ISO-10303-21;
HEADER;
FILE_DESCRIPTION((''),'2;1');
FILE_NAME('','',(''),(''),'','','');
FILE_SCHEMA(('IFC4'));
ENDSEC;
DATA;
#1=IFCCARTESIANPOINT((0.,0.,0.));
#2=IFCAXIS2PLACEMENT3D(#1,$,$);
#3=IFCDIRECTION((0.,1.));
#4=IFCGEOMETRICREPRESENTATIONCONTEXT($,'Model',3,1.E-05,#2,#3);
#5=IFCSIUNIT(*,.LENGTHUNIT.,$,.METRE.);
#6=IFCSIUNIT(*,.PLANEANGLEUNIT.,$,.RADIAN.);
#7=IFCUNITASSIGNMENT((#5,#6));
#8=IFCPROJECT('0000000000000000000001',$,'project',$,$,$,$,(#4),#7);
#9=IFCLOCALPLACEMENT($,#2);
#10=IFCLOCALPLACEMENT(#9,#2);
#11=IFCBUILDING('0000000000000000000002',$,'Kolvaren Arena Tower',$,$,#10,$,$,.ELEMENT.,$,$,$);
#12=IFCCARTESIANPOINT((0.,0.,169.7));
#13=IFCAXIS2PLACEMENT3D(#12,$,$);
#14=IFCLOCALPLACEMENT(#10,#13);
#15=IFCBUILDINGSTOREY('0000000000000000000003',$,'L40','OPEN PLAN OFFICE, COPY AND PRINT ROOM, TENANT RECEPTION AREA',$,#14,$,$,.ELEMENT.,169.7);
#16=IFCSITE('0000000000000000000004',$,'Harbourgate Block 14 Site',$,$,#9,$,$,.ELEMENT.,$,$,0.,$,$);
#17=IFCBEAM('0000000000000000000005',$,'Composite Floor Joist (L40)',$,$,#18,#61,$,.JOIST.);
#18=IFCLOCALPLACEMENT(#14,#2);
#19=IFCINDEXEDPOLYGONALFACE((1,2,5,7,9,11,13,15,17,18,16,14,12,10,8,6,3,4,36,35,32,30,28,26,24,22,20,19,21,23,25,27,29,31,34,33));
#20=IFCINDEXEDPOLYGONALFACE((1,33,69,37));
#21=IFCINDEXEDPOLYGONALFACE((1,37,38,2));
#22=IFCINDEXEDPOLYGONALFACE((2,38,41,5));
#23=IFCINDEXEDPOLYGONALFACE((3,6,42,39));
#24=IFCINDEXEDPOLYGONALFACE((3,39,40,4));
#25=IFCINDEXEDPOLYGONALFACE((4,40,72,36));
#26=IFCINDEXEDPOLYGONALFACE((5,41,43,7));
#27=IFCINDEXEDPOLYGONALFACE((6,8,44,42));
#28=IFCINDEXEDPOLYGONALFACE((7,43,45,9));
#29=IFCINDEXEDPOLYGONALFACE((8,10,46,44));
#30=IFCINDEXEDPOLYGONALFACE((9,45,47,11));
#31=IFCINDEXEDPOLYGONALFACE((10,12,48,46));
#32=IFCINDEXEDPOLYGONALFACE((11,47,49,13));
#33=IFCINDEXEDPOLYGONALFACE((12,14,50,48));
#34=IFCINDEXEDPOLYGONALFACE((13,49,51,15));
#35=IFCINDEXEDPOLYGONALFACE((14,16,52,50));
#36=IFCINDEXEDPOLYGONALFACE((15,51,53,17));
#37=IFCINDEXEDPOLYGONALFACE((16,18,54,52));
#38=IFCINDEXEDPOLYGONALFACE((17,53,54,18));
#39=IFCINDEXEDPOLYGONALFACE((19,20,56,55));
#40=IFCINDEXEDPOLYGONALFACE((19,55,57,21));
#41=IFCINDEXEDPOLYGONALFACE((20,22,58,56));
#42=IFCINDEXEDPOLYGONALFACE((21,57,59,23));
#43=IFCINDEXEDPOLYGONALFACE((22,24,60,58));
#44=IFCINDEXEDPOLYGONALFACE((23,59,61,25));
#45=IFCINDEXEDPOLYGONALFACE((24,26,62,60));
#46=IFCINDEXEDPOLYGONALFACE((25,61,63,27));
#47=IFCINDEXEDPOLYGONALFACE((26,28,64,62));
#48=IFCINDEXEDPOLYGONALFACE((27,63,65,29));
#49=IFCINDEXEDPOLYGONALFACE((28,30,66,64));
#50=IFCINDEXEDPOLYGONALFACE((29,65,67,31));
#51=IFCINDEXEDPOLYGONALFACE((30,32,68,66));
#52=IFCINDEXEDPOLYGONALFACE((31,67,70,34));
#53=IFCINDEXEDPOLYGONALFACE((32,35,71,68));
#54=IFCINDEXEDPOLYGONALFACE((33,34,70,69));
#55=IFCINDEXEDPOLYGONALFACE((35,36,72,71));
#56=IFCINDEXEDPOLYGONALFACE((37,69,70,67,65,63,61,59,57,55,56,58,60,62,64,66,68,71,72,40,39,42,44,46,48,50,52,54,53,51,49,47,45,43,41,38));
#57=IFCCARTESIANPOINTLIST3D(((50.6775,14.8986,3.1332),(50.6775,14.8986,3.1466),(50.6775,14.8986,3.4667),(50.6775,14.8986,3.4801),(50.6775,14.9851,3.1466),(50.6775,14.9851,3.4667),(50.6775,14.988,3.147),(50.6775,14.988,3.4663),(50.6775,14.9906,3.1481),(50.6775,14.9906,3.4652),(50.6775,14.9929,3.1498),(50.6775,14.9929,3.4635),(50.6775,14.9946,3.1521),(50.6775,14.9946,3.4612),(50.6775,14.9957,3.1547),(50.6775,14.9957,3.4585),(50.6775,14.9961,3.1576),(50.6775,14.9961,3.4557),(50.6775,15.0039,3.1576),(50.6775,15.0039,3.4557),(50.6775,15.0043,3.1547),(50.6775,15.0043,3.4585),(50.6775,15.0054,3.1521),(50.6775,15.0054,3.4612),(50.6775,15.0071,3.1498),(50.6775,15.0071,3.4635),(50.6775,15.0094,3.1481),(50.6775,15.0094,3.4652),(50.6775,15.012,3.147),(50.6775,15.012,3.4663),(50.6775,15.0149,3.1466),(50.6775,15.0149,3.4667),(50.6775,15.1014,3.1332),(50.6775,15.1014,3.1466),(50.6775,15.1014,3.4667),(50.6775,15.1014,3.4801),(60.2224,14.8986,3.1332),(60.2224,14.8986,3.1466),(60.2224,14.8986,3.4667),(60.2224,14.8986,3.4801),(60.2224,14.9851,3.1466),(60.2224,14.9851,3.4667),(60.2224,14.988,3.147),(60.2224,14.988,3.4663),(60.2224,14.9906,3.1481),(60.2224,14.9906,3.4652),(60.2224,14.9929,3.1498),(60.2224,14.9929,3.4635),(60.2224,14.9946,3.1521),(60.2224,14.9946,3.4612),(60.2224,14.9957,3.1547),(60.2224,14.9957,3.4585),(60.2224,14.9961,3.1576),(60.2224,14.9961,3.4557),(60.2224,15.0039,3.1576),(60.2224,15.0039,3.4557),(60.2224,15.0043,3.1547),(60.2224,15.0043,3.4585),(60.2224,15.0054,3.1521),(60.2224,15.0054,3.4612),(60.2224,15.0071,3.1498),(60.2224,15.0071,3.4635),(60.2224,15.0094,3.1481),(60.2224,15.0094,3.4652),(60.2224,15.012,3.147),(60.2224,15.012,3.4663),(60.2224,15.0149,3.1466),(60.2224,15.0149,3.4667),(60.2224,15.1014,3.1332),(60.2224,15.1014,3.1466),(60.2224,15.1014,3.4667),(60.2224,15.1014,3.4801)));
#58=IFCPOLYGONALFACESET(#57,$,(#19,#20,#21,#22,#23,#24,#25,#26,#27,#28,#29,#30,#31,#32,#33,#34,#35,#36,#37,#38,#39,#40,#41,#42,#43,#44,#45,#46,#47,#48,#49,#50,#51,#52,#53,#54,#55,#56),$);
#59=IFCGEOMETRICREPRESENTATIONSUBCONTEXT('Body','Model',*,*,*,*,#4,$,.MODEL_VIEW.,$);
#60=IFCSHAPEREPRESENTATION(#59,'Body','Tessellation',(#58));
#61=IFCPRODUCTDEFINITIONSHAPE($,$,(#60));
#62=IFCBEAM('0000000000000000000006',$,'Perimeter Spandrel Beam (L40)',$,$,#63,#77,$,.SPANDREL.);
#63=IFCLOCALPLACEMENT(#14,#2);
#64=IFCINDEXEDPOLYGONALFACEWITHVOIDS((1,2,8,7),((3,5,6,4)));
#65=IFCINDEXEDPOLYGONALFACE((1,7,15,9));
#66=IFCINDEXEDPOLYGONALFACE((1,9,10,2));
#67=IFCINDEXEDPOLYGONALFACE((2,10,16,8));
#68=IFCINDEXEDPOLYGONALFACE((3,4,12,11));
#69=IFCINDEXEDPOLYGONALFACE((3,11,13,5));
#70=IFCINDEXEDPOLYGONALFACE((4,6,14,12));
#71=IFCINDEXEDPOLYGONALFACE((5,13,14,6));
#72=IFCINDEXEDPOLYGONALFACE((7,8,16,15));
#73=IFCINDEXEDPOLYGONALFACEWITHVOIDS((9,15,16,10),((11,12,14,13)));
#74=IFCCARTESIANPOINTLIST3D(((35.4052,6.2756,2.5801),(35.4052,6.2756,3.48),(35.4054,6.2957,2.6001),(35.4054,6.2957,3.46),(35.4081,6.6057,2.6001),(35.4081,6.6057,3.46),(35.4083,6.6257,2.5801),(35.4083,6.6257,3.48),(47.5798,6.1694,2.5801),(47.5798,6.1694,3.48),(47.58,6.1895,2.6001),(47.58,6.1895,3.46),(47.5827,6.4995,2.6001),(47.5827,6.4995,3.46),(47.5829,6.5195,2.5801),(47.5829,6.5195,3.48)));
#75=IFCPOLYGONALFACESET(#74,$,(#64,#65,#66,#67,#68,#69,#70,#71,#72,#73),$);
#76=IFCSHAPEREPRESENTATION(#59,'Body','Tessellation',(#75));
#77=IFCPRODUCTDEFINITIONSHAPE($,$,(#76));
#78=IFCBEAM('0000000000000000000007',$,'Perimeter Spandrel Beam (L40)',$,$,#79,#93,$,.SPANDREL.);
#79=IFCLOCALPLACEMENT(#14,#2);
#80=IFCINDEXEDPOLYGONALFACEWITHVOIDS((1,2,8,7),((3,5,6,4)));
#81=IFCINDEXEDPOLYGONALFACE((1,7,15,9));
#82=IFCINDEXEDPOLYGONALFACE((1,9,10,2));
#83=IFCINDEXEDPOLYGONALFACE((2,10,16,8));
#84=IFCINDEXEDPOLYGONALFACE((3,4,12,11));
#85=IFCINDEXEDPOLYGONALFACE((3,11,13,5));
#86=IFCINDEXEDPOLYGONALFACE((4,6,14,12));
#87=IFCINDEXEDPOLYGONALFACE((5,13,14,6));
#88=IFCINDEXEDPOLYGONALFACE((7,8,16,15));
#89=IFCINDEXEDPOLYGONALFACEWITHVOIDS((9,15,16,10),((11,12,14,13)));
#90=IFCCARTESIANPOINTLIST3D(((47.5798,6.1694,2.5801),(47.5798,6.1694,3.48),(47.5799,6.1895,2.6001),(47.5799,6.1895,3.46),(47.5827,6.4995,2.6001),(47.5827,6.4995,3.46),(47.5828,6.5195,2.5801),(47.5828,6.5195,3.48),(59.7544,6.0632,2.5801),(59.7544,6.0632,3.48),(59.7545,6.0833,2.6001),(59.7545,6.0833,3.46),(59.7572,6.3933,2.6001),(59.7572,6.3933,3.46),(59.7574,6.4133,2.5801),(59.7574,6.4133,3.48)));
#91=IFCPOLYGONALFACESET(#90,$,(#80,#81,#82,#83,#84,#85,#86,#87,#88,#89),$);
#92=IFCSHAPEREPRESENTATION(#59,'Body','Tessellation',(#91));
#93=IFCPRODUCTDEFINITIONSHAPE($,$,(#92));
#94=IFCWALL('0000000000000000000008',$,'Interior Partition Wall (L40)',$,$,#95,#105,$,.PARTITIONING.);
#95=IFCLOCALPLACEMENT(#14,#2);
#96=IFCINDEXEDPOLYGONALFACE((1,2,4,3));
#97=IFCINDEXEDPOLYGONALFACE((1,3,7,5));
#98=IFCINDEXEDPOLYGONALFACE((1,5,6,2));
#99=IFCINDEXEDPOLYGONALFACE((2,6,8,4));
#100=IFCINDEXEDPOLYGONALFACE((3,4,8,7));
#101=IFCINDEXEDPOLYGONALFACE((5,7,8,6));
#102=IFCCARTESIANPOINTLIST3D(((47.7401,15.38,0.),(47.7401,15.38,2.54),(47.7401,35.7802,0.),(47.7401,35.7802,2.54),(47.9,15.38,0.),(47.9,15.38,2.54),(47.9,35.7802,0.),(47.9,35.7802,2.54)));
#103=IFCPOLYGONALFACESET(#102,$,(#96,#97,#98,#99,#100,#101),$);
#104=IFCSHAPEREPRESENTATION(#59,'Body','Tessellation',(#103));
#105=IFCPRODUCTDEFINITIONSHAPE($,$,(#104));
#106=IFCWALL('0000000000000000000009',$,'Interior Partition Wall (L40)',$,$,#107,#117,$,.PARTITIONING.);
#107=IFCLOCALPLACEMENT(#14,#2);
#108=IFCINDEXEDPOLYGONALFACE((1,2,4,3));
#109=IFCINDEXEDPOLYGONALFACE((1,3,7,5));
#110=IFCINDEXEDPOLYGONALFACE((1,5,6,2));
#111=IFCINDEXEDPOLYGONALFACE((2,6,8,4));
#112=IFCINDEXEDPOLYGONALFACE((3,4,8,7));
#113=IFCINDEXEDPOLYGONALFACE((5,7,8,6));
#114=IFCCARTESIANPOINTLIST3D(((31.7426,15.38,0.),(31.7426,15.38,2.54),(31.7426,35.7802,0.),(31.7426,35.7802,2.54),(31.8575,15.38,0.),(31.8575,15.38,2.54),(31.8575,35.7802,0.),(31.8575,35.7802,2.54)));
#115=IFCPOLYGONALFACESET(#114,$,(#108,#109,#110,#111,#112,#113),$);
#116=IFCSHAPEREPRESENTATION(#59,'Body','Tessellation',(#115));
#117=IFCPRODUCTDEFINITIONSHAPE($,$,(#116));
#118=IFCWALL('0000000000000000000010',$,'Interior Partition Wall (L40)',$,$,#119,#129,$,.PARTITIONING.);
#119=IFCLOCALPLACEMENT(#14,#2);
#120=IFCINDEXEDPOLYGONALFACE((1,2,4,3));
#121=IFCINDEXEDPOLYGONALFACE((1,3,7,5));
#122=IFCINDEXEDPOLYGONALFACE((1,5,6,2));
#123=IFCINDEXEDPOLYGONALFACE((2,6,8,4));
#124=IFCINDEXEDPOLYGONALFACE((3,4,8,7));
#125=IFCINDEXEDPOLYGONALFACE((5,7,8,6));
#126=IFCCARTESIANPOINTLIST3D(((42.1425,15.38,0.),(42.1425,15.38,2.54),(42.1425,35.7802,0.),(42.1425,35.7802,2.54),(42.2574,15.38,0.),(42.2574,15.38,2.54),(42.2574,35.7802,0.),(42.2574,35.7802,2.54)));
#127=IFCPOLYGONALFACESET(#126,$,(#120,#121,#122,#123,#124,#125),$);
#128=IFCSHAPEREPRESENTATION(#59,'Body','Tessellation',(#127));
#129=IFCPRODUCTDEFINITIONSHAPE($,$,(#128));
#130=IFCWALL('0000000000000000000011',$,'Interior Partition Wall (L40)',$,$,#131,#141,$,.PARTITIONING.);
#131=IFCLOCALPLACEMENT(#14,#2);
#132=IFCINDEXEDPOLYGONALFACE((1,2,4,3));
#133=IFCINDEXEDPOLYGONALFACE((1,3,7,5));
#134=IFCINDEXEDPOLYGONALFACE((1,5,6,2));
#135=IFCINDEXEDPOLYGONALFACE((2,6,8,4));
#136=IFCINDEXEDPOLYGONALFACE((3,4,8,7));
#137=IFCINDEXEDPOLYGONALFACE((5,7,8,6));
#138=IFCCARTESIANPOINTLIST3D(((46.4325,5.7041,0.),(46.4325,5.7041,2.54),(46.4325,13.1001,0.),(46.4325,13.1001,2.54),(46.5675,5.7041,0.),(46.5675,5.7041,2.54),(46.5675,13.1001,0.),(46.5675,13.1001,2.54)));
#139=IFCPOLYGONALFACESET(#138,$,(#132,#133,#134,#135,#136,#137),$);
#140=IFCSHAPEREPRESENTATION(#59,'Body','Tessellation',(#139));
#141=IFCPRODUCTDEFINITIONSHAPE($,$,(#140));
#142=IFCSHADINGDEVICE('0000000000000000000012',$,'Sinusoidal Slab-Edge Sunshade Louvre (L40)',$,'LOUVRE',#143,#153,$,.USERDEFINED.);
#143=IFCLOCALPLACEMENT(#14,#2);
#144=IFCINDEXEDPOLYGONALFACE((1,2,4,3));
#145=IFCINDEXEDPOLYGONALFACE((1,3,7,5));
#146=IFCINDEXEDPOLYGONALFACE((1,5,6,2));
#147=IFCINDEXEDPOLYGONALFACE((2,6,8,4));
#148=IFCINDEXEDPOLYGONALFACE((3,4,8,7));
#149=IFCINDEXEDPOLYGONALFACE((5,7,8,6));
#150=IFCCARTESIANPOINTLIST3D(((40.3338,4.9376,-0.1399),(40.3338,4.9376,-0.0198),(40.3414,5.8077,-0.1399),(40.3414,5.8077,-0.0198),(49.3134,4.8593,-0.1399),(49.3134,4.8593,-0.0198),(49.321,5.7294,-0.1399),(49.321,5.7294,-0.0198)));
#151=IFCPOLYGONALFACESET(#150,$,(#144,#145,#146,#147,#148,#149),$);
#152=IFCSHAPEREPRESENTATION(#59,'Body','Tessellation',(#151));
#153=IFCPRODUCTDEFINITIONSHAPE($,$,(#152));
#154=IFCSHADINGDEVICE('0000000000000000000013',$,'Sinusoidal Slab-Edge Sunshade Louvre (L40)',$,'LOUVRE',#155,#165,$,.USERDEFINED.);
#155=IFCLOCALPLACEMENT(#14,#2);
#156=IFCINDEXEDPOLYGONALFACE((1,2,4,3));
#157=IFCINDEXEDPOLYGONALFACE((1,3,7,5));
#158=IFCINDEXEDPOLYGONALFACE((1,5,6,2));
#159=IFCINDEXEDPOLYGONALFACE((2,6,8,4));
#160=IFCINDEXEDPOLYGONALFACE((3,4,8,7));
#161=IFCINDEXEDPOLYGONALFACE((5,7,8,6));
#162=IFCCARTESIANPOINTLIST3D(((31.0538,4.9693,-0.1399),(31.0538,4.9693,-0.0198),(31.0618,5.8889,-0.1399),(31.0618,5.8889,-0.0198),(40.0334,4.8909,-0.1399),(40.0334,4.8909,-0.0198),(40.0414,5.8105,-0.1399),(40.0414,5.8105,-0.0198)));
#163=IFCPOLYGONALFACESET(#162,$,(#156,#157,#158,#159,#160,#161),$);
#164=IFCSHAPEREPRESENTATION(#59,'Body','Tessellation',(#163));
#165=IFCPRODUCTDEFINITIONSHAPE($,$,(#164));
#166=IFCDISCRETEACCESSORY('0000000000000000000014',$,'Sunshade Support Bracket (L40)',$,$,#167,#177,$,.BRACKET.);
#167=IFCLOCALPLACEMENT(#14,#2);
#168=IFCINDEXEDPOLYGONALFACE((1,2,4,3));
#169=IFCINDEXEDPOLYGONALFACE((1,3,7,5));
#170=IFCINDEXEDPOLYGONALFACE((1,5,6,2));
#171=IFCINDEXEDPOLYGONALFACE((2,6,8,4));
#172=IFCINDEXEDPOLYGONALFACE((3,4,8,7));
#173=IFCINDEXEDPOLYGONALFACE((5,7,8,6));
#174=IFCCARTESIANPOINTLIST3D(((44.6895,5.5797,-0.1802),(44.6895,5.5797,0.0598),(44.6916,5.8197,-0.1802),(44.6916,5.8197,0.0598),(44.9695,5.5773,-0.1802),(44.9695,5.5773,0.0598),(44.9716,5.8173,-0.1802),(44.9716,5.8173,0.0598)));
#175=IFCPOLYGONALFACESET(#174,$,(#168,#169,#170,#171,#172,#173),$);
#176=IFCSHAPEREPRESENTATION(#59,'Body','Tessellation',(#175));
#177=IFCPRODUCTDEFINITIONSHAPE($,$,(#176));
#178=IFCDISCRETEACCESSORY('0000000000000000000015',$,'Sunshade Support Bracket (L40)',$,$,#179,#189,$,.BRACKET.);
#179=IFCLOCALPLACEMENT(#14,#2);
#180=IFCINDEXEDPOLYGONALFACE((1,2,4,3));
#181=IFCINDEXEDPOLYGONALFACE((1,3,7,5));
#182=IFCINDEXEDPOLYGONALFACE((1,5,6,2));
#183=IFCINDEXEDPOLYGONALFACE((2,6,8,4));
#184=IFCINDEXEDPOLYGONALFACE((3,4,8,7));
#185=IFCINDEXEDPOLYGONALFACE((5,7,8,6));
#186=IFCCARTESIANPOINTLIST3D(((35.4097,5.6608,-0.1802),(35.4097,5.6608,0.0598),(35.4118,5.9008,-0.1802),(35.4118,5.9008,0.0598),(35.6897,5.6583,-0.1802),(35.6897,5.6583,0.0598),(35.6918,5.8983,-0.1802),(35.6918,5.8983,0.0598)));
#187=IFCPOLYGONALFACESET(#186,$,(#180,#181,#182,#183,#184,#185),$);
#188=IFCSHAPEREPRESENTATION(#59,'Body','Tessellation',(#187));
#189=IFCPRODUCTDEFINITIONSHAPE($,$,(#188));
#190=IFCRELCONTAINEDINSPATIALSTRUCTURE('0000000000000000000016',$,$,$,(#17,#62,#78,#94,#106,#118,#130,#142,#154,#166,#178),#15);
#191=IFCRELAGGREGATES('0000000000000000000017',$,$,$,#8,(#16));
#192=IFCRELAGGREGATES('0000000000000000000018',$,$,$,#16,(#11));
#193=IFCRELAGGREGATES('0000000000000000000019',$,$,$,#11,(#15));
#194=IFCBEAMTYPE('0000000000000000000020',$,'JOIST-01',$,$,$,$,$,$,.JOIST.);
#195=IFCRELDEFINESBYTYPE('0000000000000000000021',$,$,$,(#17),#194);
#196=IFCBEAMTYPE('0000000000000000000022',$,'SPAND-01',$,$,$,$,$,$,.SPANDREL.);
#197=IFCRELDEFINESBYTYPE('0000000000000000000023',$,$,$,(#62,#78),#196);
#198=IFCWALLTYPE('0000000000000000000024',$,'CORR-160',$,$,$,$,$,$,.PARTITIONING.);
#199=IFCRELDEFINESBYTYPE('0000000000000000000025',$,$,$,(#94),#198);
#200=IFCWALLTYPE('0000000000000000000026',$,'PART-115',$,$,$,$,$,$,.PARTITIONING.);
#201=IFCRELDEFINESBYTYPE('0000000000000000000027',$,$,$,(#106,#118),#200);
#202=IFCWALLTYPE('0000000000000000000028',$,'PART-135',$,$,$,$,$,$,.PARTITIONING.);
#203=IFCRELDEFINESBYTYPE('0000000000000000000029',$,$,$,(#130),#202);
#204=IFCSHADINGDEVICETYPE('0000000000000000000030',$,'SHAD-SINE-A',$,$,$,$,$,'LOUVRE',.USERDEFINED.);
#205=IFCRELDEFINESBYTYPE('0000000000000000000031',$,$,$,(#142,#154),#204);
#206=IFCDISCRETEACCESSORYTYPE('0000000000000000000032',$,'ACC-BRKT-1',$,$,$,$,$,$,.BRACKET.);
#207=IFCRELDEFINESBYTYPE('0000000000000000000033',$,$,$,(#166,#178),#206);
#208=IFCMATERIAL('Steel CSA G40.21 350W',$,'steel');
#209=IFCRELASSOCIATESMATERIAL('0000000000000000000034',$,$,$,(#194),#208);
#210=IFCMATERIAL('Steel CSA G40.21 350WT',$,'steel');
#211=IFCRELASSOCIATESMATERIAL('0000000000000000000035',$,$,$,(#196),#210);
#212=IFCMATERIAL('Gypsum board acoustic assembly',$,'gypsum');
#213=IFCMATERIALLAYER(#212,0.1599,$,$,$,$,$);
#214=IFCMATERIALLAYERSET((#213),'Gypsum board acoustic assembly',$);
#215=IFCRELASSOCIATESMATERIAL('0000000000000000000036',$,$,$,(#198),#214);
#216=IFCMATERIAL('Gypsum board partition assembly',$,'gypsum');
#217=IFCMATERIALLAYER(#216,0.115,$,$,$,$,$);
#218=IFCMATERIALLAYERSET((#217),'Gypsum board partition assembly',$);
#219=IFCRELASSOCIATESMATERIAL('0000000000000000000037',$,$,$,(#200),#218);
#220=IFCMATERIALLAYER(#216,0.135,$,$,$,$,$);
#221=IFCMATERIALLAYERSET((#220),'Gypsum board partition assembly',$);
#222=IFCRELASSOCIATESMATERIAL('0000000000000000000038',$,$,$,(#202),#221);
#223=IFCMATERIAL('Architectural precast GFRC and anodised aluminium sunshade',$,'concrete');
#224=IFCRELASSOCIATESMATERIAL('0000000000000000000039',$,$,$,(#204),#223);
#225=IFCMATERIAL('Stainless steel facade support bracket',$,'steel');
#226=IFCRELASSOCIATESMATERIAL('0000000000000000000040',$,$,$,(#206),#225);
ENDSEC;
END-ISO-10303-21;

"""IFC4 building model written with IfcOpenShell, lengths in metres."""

from ifc_helpers import new_model, si_unit, direction, frame, frame_2d, origin, origin_2d, place, context, subcontext, project, spatial, rectangle, hollow_rectangle, i_section, extrude, material, layer, layer_set, material_profile, profile_set, type_object, element, save


model = new_model("IFC4")

# Units and contexts
model_context = context("Model", 3, precision=1e-05, world=origin(), true_north=direction((0.0, 1.0)))
body_context = subcontext(model_context, "Body", "Model", "MODEL_VIEW")
ifc_project = project(units=[si_unit("LENGTHUNIT", "METRE"), si_unit("PLANEANGLEUNIT", "RADIAN")], contexts=[model_context])

# Site, building, storey
site_placement = place(None, origin())
site = spatial("IfcSite", under=ifc_project, at=site_placement, Name="Harbourgate Block 14 Site", CompositionType="ELEMENT", RefElevation=0.0)
building_placement = place(site_placement, origin())
building = spatial("IfcBuilding", under=site, at=building_placement, Name="Kolvaren Arena Tower", CompositionType="ELEMENT")
storey_placement = place(building_placement, frame((0.0, 0.0, 169.7)))
storey = spatial("IfcBuildingStorey", under=building, at=storey_placement, Name="L40", Description="OPEN PLAN OFFICE, COPY AND PRINT ROOM, TENANT RECEPTION AREA", CompositionType="ELEMENT", Elevation=169.7)

# Beams
ifc_material_1 = material(Name="Steel CSA G40.21 350W", Category="steel")
ifc_material_profile_1 = material_profile(ifc_material_1, i_section(OverallWidth=0.2029, OverallDepth=0.3469, WebThickness=0.0078, FlangeThickness=0.0134, FilletRadius=0.011, at=origin_2d()), Name="W360x64")
ifc_profile_set_1 = profile_set([ifc_material_profile_1], Name="Steel CSA G40.21 350W")
beam_type_1 = type_object("IfcBeamType", Name="JOIST-01", PredefinedType="JOIST", material=ifc_profile_set_1)
beam_1_placement = place(storey_placement, frame((50.6775, 15.0, 3.3066), z_axis=(1.0, 0.0, 0.0), x_axis=(0.0, 1.0, 0.0)))
element("IfcBeam", 1, at=beam_1_placement, inside=storey, type_object=beam_type_1, Name="Composite Floor Joist (L40)", PredefinedType="JOIST", context=body_context, shape_type="SweptSolid", body=[
    extrude(i_section(OverallWidth=0.2029, OverallDepth=0.3469, WebThickness=0.0078, FlangeThickness=0.0134, FilletRadius=0.011, at=origin_2d()), origin(), (0.0, 0.0, 1.0), 9.5449),
])
ifc_material_2 = material(Name="Steel CSA G40.21 350WT", Category="steel")
ifc_material_profile_2 = material_profile(ifc_material_2, hollow_rectangle(XDim=0.3501, YDim=0.8999, WallThickness=0.02, at=origin_2d()), Name="HSS 900x350x20")
ifc_profile_set_2 = profile_set([ifc_material_profile_2], Name="Steel CSA G40.21 350WT")
beam_type_2 = type_object("IfcBeamType", Name="SPAND-01", PredefinedType="SPANDREL", material=ifc_profile_set_2)
for number, where, z_axis, x_axis, name in (
    (2, (35.4067, 6.4507, 3.03), (0.999962, -0.008723, 0.0), (0.008723, 0.999962, 0.0), "Perimeter Spandrel Beam (L40)"),
    (3, (47.5813, 6.3445, 3.03), (0.999962, -0.008723, 0.0), (0.008723, 0.999962, 0.0), "Perimeter Spandrel Beam (L40)"),
):
    element("IfcBeam", number, at=place(storey_placement, frame(where, z_axis=z_axis, x_axis=x_axis)), inside=storey, type_object=beam_type_2, Name=name, PredefinedType="SPANDREL", context=body_context, shape_type="SweptSolid", body=[
        extrude(hollow_rectangle(XDim=0.3501, YDim=0.8999, WallThickness=0.02, at=origin_2d()), origin(), (0.0, 0.0, 1.0), 12.175),
    ])

# Walls
ifc_material_3 = material(Name="Gypsum board acoustic assembly", Category="gypsum")
ifc_layer_1 = layer(ifc_material_3, 0.1599)
ifc_layer_set_1 = layer_set([ifc_layer_1], Name="Gypsum board acoustic assembly")
wall_type_1 = type_object("IfcWallType", Name="CORR-160", PredefinedType="PARTITIONING", material=ifc_layer_set_1)
wall_1_placement = place(storey_placement, frame((47.8201, 15.3799, 0.0), z_axis=(0.0, 0.0, 1.0), x_axis=(0.0, 1.0, 0.0)))
element("IfcWall", 4, at=wall_1_placement, inside=storey, type_object=wall_type_1, Name="Interior Partition Wall (L40)", PredefinedType="PARTITIONING", context=body_context, shape_type="SweptSolid", body=[
    extrude(rectangle(XDim=20.4001, YDim=0.1599, at=frame_2d((10.2002, 0.0))), origin(), (0.0, 0.0, 1.0), 2.54),
])
ifc_material_4 = material(Name="Gypsum board partition assembly", Category="gypsum")
ifc_layer_2 = layer(ifc_material_4, 0.115)
ifc_layer_set_2 = layer_set([ifc_layer_2], Name="Gypsum board partition assembly")
wall_type_2 = type_object("IfcWallType", Name="PART-115", PredefinedType="PARTITIONING", material=ifc_layer_set_2)
for number, where, z_axis, x_axis, name in (
    (5, (31.8, 15.3799, 0.0), (0.0, 0.0, 1.0), (0.0, 1.0, 0.0), "Interior Partition Wall (L40)"),
    (6, (42.2, 15.3799, 0.0), (0.0, 0.0, 1.0), (0.0, 1.0, 0.0), "Interior Partition Wall (L40)"),
):
    element("IfcWall", number, at=place(storey_placement, frame(where, z_axis=z_axis, x_axis=x_axis)), inside=storey, type_object=wall_type_2, Name=name, PredefinedType="PARTITIONING", context=body_context, shape_type="SweptSolid", body=[
        extrude(rectangle(XDim=20.4001, YDim=0.115, at=frame_2d((10.2002, 0.0))), origin(), (0.0, 0.0, 1.0), 2.54),
    ])
ifc_layer_3 = layer(ifc_material_4, 0.135)
ifc_layer_set_3 = layer_set([ifc_layer_3], Name="Gypsum board partition assembly")
wall_type_3 = type_object("IfcWallType", Name="PART-135", PredefinedType="PARTITIONING", material=ifc_layer_set_3)
wall_2_placement = place(storey_placement, frame((46.5, 5.7041, 0.0), z_axis=(0.0, 0.0, 1.0), x_axis=(0.0, 1.0, 0.0)))
element("IfcWall", 7, at=wall_2_placement, inside=storey, type_object=wall_type_3, Name="Interior Partition Wall (L40)", PredefinedType="PARTITIONING", context=body_context, shape_type="SweptSolid", body=[
    extrude(rectangle(XDim=7.396, YDim=0.135, at=frame_2d((3.698, 0.0))), origin(), (0.0, 0.0, 1.0), 2.54),
])

# Shading devices
ifc_material_5 = material(Name="Architectural precast GFRC and anodised aluminium sunshade", Category="concrete")
shading_device_type = type_object("IfcShadingDeviceType", Name="SHAD-SINE-A", ElementType="LOUVRE", PredefinedType="USERDEFINED", material=ifc_material_5)
shading_device_1_placement = place(storey_placement, frame((44.8274, 5.3335, -0.1399), z_axis=(0.0, 0.0, 1.0), x_axis=(-0.999962, 0.008727, 0.0)))
element("IfcShadingDevice", 8, at=shading_device_1_placement, inside=storey, type_object=shading_device_type, Name="Sinusoidal Slab-Edge Sunshade Louvre (L40)", ObjectType="LOUVRE", PredefinedType="USERDEFINED", context=body_context, shape_type="SweptSolid", body=[
    extrude(rectangle(XDim=8.98, YDim=0.8701, at=origin_2d()), origin(), (0.0, 0.0, 1.0), 0.1201),
])
shading_device_2_placement = place(storey_placement, frame((35.5476, 5.3899, -0.1399), z_axis=(0.0, 0.0, 1.0), x_axis=(-0.999962, 0.008727, 0.0)))
element("IfcShadingDevice", 9, at=shading_device_2_placement, inside=storey, type_object=shading_device_type, Name="Sinusoidal Slab-Edge Sunshade Louvre (L40)", ObjectType="LOUVRE", PredefinedType="USERDEFINED", context=body_context, shape_type="SweptSolid", body=[
    extrude(rectangle(XDim=8.98, YDim=0.9197, at=origin_2d()), origin(), (0.0, 0.0, 1.0), 0.1201),
])

# Discrete accessories
ifc_material_6 = material(Name="Stainless steel facade support bracket", Category="steel")
discrete_accessory_type = type_object("IfcDiscreteAccessoryType", Name="ACC-BRKT-1", PredefinedType="BRACKET", material=ifc_material_6)
for number, where, z_axis, x_axis, name in (
    (10, (44.8306, 5.6985, -0.1802), (0.0, 0.0, 1.0), (-0.999962, 0.008727, 0.0), "Sunshade Support Bracket (L40)"),
    (11, (35.5508, 5.7795, -0.1802), (0.0, 0.0, 1.0), (-0.999962, 0.008727, 0.0), "Sunshade Support Bracket (L40)"),
):
    element("IfcDiscreteAccessory", number, at=place(storey_placement, frame(where, z_axis=z_axis, x_axis=x_axis)), inside=storey, type_object=discrete_accessory_type, Name=name, PredefinedType="BRACKET", context=body_context, shape_type="SweptSolid", body=[
        extrude(rectangle(XDim=0.28, YDim=0.24, at=origin_2d()), origin(), (0.0, 0.0, 1.0), 0.24),
    ])

save(model, "model.ifc")
